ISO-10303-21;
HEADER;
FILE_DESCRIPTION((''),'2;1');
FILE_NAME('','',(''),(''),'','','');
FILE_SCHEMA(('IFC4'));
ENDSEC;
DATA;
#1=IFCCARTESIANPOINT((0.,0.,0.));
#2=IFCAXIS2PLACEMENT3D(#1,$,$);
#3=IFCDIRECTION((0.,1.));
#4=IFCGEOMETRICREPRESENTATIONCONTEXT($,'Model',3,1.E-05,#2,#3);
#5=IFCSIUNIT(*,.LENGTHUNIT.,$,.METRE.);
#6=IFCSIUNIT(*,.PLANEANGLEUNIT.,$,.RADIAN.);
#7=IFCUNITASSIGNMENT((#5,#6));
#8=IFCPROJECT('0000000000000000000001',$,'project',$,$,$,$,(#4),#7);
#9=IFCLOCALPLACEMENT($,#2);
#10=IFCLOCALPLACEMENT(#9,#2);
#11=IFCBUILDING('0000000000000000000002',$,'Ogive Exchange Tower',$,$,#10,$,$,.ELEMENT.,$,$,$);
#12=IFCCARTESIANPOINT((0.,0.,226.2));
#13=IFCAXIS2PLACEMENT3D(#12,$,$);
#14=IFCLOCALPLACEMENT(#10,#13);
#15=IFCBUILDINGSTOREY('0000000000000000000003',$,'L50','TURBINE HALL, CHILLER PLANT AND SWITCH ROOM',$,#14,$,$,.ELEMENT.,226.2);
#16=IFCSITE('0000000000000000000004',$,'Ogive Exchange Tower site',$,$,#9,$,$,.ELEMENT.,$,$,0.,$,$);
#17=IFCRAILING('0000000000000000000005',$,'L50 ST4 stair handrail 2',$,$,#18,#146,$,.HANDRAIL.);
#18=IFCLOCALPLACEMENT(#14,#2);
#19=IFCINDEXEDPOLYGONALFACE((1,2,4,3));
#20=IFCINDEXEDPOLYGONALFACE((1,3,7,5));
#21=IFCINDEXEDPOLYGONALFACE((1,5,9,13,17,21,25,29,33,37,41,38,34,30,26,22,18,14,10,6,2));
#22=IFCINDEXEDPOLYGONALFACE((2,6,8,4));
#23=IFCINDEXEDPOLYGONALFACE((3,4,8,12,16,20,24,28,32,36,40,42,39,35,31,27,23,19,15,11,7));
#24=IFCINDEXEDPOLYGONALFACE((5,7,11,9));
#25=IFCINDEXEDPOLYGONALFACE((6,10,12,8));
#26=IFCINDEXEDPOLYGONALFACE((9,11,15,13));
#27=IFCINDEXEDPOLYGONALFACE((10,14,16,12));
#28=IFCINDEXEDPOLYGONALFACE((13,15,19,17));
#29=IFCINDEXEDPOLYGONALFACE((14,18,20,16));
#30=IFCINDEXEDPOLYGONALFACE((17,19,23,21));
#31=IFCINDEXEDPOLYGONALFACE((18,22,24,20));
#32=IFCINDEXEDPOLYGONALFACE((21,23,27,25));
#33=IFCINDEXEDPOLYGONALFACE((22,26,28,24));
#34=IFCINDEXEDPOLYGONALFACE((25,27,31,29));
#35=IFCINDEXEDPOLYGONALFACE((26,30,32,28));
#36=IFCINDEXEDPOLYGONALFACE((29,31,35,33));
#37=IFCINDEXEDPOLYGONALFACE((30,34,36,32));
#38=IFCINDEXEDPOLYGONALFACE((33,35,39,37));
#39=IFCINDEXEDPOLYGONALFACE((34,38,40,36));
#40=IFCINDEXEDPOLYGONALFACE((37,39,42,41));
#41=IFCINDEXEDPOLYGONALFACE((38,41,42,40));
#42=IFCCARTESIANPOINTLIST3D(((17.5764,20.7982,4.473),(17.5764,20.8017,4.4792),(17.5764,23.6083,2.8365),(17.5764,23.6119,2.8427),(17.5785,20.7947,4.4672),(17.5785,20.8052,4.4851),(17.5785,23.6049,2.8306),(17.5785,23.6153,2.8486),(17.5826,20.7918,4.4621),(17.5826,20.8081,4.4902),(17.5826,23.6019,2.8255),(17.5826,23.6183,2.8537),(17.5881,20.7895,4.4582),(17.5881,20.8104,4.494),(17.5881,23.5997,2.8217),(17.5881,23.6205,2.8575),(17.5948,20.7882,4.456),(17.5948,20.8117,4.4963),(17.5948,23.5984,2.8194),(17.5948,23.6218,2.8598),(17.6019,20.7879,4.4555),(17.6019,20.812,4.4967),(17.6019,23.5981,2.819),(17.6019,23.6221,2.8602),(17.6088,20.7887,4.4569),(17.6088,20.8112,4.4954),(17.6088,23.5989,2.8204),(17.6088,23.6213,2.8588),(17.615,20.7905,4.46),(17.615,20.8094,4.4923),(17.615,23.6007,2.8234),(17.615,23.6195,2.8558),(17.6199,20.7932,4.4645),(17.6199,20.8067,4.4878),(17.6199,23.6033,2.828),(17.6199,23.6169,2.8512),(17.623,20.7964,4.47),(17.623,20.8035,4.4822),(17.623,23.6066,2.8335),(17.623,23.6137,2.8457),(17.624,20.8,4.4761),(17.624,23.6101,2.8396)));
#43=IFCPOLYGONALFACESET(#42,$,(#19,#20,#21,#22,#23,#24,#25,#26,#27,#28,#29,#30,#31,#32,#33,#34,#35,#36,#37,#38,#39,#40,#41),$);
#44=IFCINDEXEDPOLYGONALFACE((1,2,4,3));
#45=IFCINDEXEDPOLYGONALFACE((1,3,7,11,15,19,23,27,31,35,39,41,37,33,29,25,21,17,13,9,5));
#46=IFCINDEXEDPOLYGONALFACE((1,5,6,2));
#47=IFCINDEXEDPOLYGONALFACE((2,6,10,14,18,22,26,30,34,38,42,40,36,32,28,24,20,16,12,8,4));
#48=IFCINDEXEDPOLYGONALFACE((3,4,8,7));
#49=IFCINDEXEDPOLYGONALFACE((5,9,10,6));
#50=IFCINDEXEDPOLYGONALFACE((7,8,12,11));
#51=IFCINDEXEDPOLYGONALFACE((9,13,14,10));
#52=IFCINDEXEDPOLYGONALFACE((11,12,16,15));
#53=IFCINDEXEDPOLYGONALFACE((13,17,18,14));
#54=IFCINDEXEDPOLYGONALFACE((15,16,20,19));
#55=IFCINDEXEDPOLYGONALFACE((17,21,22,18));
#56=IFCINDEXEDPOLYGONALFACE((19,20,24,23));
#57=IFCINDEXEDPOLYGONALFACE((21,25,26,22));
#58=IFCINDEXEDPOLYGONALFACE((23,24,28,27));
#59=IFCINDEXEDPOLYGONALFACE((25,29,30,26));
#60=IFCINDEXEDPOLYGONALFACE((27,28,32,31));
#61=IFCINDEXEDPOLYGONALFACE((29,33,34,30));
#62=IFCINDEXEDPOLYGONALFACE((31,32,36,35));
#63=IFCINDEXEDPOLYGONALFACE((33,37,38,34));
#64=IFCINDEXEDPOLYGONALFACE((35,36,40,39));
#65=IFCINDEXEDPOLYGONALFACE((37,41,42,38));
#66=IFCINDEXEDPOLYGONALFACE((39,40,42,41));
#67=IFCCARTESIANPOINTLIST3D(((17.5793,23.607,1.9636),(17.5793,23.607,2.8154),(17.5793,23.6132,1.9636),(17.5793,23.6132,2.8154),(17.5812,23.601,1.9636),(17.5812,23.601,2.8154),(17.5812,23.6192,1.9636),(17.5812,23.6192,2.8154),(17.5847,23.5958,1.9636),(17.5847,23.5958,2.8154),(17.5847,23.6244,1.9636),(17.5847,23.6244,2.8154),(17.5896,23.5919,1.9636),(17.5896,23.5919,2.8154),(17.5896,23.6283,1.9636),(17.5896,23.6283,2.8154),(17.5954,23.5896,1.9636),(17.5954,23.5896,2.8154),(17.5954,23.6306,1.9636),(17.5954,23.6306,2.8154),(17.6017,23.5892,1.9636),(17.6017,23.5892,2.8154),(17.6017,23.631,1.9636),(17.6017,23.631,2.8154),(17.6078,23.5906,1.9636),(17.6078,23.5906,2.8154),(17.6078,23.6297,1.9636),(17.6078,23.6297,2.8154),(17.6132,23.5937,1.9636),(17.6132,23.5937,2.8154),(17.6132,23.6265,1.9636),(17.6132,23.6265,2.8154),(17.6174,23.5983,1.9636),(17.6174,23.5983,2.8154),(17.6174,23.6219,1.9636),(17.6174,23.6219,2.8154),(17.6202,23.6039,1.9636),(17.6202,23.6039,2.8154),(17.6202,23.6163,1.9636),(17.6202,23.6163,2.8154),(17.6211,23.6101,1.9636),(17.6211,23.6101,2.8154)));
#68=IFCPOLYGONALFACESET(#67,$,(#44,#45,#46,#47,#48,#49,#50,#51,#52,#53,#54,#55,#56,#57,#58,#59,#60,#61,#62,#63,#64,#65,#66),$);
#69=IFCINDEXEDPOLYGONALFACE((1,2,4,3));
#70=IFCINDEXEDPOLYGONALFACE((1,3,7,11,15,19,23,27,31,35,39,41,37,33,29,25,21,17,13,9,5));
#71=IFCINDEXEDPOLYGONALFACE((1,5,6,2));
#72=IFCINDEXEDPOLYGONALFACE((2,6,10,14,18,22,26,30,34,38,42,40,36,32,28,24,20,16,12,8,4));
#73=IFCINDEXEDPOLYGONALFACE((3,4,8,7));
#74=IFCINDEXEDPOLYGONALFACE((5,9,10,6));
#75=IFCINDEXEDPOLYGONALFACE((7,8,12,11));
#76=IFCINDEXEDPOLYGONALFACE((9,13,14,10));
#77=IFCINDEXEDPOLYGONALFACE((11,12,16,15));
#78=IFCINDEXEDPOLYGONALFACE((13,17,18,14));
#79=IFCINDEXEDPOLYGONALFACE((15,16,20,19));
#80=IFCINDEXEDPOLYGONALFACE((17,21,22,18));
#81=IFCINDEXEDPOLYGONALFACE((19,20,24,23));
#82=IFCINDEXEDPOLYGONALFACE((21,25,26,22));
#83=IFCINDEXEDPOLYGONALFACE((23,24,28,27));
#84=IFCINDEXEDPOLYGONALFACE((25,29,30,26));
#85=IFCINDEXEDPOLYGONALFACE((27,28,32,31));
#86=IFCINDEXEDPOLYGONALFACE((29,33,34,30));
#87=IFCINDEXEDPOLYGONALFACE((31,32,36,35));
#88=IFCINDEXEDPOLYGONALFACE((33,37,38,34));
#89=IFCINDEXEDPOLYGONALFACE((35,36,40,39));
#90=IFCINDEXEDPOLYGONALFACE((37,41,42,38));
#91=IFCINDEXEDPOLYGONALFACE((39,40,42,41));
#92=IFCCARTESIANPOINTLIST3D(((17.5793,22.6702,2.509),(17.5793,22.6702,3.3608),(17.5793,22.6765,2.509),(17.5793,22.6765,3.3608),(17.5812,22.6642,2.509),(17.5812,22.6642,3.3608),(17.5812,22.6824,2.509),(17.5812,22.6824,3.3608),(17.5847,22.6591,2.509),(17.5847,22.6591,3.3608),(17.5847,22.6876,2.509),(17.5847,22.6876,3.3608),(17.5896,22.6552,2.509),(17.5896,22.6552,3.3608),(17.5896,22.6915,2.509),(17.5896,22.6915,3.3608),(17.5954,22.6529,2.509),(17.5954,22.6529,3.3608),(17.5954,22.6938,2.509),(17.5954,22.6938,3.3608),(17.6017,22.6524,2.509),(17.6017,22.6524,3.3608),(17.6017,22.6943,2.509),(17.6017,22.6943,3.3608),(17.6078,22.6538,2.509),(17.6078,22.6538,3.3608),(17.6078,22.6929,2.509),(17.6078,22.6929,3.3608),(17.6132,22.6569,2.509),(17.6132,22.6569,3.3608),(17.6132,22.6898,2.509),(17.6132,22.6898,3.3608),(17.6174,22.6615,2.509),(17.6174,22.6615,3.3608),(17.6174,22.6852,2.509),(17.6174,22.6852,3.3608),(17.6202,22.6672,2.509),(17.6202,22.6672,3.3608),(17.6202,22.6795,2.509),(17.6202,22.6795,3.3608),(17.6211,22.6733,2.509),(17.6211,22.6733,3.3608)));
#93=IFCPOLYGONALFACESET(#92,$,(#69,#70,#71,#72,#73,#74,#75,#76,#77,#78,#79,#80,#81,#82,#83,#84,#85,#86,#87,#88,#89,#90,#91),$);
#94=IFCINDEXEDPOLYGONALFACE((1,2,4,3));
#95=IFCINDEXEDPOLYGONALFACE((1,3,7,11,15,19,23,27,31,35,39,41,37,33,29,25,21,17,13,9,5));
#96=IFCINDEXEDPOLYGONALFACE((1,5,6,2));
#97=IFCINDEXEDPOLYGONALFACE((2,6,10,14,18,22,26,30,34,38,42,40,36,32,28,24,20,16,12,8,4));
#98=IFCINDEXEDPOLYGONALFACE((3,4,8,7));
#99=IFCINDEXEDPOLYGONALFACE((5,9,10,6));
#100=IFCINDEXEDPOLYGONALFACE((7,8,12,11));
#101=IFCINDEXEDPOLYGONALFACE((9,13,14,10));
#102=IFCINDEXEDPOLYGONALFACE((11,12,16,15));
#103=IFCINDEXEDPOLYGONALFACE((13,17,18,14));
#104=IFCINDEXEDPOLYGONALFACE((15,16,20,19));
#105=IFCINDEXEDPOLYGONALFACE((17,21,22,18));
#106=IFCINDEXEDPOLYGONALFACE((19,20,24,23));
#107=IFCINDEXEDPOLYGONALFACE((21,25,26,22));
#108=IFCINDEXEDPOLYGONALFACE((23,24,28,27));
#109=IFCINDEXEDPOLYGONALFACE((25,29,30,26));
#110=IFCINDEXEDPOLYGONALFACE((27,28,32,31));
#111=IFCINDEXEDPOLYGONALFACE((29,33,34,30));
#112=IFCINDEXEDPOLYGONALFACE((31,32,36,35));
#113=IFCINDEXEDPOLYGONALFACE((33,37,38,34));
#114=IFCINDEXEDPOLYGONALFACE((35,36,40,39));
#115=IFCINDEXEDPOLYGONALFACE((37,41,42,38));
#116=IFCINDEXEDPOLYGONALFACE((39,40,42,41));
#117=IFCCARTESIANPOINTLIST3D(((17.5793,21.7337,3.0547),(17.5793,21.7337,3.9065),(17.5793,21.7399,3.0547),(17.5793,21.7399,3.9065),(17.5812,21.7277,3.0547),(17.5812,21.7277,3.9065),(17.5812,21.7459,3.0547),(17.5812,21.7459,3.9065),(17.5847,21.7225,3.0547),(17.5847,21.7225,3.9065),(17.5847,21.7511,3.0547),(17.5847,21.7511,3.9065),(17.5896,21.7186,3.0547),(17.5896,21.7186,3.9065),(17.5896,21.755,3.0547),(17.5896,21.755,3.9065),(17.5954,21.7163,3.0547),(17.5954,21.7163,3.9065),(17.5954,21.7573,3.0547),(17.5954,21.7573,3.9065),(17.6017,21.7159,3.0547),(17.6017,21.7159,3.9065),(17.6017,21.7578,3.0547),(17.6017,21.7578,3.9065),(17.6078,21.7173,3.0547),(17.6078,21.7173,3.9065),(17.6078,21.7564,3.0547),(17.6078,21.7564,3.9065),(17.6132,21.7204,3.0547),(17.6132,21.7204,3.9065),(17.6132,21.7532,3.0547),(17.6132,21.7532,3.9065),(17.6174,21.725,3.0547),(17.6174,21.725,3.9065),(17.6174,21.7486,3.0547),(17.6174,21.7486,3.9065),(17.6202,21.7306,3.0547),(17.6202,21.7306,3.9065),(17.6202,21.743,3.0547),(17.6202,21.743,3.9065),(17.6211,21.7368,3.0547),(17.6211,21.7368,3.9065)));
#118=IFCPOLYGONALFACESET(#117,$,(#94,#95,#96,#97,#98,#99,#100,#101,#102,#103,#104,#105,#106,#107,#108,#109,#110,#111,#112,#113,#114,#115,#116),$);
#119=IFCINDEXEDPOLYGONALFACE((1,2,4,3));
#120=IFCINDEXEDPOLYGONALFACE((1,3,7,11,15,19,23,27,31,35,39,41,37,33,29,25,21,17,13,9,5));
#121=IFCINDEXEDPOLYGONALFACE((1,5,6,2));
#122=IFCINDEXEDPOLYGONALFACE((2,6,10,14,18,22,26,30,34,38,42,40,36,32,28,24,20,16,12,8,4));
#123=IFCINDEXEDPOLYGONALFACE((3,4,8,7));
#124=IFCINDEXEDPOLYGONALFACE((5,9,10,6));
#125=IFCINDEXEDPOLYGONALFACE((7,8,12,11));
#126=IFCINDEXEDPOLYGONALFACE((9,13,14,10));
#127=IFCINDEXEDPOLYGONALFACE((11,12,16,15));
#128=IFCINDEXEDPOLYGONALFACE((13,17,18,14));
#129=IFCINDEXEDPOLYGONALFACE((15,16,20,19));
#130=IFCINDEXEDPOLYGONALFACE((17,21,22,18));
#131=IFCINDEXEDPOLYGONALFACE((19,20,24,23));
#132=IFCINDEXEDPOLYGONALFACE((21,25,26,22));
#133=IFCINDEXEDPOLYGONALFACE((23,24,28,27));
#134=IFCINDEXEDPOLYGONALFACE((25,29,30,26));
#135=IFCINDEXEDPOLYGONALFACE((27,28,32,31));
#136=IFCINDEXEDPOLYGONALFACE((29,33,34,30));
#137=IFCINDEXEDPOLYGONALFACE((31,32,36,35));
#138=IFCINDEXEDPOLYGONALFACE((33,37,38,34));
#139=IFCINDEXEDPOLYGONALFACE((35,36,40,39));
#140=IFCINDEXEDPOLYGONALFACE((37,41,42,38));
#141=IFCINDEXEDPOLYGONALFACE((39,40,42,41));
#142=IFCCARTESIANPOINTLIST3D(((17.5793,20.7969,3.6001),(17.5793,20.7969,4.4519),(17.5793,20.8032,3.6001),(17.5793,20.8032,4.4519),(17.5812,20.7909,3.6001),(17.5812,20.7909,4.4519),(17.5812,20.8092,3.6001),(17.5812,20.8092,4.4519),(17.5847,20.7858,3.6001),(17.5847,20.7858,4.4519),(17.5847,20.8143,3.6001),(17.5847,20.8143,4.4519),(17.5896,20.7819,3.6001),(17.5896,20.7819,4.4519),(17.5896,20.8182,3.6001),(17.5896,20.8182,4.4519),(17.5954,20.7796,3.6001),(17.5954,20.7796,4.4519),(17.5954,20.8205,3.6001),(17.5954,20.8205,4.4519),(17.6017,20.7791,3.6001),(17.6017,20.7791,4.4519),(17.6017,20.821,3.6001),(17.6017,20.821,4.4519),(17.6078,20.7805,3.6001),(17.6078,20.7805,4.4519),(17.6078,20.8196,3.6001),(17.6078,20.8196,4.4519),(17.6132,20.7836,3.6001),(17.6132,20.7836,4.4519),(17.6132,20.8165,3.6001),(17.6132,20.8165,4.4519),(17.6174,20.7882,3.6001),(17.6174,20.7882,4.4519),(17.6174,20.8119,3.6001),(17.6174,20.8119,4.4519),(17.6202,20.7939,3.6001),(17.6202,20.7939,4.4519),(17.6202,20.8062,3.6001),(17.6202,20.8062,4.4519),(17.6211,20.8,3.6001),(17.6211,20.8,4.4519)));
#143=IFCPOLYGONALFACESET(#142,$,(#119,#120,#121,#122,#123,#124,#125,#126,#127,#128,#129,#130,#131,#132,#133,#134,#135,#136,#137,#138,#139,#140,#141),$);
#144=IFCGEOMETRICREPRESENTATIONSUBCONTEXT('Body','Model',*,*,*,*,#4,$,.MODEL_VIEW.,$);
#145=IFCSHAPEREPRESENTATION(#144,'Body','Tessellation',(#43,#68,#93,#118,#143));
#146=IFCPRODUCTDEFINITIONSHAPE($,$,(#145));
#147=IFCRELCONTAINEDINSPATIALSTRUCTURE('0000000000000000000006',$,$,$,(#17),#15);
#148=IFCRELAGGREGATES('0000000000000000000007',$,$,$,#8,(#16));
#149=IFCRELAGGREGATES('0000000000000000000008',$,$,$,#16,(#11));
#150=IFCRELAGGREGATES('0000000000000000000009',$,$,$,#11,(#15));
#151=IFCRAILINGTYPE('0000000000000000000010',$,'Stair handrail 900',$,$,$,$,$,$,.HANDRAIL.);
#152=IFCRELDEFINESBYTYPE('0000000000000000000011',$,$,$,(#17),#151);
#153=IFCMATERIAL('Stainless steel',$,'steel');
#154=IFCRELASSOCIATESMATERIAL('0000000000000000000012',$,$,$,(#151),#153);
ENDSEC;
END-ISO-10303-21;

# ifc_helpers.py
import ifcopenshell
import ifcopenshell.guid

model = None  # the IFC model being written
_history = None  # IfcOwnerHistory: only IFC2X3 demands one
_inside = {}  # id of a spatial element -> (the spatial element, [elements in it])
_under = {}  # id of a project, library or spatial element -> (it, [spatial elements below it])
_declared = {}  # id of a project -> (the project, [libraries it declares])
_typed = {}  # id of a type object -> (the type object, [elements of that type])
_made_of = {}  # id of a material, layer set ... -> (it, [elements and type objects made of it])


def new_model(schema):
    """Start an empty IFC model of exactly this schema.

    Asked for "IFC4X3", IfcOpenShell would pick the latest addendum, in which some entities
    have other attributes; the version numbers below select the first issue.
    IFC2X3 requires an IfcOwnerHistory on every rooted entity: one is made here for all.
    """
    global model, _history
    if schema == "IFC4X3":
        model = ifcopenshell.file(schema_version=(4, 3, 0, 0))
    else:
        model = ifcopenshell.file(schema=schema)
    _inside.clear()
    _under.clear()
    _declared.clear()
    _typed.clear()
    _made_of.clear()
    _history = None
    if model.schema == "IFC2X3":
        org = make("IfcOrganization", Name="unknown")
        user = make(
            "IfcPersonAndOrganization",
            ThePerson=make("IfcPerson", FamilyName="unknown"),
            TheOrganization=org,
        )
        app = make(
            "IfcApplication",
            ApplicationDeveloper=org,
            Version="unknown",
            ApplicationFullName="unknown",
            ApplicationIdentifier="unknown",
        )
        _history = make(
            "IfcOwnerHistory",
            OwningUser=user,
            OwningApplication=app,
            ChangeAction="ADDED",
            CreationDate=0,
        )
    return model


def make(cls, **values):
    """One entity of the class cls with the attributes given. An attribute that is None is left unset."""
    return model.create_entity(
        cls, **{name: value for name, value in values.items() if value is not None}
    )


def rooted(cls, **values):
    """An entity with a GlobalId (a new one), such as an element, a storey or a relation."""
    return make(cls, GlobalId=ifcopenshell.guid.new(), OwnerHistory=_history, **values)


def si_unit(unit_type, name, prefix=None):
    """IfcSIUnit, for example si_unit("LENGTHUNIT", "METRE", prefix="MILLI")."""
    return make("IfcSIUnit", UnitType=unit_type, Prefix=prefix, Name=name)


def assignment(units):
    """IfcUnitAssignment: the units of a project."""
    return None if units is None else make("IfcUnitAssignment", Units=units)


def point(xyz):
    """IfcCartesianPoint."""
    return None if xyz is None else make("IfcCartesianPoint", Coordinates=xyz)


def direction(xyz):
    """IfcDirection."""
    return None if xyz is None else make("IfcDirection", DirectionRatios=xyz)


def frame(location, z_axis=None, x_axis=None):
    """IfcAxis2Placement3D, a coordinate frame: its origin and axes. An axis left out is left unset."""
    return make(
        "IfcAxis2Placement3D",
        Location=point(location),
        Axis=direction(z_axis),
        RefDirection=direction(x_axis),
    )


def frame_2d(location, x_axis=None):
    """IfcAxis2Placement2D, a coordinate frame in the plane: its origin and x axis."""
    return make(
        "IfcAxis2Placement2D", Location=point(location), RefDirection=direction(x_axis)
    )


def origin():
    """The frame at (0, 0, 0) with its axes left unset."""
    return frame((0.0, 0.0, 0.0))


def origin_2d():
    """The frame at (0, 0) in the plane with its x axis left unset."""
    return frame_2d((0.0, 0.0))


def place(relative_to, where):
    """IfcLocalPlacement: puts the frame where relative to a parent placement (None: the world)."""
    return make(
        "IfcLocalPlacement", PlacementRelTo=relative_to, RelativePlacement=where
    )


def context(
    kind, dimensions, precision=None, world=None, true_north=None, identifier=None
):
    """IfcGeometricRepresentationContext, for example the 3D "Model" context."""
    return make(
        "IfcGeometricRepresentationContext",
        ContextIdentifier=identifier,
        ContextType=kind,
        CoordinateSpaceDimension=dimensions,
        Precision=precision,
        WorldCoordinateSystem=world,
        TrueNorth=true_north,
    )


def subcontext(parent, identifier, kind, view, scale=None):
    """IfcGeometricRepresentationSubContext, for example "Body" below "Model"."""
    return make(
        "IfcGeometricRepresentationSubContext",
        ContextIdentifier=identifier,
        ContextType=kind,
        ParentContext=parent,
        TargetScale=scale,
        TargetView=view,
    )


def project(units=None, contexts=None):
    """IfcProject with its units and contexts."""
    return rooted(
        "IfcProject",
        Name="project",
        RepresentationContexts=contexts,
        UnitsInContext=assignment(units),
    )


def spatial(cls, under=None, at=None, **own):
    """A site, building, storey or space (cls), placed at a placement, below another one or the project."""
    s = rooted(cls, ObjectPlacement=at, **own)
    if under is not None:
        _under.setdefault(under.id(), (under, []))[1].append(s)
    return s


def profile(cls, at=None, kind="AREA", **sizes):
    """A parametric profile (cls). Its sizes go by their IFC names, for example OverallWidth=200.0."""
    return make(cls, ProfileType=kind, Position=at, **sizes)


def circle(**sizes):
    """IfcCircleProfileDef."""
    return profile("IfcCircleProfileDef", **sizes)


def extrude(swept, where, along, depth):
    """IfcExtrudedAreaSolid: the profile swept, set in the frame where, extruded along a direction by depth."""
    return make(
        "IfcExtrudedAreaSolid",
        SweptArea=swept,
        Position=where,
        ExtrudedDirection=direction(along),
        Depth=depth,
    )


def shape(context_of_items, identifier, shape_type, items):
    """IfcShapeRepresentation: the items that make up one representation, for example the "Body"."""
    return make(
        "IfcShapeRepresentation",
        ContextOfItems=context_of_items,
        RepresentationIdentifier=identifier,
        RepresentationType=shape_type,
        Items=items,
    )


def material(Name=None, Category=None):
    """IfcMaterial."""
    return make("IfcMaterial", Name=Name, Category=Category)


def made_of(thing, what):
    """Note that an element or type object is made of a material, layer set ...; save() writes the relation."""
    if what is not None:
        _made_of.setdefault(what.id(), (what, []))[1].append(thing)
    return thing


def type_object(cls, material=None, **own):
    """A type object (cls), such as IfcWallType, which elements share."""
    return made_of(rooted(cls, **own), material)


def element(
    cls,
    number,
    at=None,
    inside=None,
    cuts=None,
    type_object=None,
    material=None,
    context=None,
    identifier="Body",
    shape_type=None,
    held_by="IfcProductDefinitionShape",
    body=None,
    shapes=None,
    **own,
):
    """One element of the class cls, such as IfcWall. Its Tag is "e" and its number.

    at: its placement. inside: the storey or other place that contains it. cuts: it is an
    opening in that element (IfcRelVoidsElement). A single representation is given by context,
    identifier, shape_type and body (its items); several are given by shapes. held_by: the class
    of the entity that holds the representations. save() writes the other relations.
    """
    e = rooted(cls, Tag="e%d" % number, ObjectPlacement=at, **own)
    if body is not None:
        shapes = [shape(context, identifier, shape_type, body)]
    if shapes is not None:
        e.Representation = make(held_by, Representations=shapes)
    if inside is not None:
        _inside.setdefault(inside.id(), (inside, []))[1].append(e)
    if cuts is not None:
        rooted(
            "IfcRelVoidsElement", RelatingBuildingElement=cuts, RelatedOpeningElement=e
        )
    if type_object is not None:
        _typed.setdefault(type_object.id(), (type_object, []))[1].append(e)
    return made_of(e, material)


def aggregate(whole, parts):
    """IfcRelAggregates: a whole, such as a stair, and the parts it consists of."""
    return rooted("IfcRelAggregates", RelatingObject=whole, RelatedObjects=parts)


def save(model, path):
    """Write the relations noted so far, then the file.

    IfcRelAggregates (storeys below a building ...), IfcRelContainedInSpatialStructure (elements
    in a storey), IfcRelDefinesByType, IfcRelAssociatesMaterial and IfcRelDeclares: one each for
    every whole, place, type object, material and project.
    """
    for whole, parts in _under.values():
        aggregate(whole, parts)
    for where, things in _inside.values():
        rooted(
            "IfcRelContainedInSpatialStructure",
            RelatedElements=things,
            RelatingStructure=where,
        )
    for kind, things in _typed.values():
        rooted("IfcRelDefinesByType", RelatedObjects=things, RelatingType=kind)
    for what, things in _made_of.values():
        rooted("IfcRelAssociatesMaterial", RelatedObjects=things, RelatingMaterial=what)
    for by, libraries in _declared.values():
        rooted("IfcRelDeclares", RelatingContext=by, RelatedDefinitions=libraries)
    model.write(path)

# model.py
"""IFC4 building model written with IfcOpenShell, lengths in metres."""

from ifc_helpers import new_model, si_unit, direction, frame, origin, origin_2d, place, context, subcontext, project, spatial, circle, extrude, material, type_object, element, save


model = new_model("IFC4")

# Units and contexts
model_context = context("Model", 3, precision=1e-05, world=origin(), true_north=direction((0.0, 1.0)))
body_context = subcontext(model_context, "Body", "Model", "MODEL_VIEW")
ifc_project = project(units=[si_unit("LENGTHUNIT", "METRE"), si_unit("PLANEANGLEUNIT", "RADIAN")], contexts=[model_context])

# Site, building, storey
site_placement = place(None, origin())
site = spatial("IfcSite", under=ifc_project, at=site_placement, Name="Ogive Exchange Tower site", CompositionType="ELEMENT", RefElevation=0.0)
building_placement = place(site_placement, origin())
building = spatial("IfcBuilding", under=site, at=building_placement, Name="Ogive Exchange Tower", CompositionType="ELEMENT")
storey_placement = place(building_placement, frame((0.0, 0.0, 226.2)))
storey = spatial("IfcBuildingStorey", under=building, at=storey_placement, Name="L50", Description="TURBINE HALL, CHILLER PLANT AND SWITCH ROOM", CompositionType="ELEMENT", Elevation=226.2)

# Railing
ifc_material_1 = material(Name="Stainless steel", Category="steel")
railing_type = type_object("IfcRailingType", Name="Stair handrail 900", PredefinedType="HANDRAIL", material=ifc_material_1)
railing_1_placement = place(storey_placement, frame((17.6001, 23.6101, 1.9636)))
element("IfcRailing", 1, at=railing_1_placement, inside=storey, type_object=railing_type, Name="L50 ST4 stair handrail 2", PredefinedType="HANDRAIL", context=body_context, shape_type="SweptSolid", body=[
    extrude(circle(Radius=0.0239, at=origin_2d()), frame((0.0, 0.0, 0.876), z_axis=(0.0, -0.864144, 0.503245), x_axis=(1.0, 0.0, 0.0)), (0.0, 0.0, 1.0), 3.252),
    extrude(circle(Radius=0.021, at=origin_2d()), origin(), (0.0, 0.0, 1.0), 0.8518),
    extrude(circle(Radius=0.021, at=origin_2d()), frame((0.0, -0.9368, 0.5454)), (0.0, 0.0, 1.0), 0.8518),
    extrude(circle(Radius=0.021, at=origin_2d()), frame((0.0, -1.8733, 1.0911)), (0.0, 0.0, 1.0), 0.8518),
    extrude(circle(Radius=0.021, at=origin_2d()), frame((0.0, -2.8101, 1.6365)), (0.0, 0.0, 1.0), 0.8518),
])

save(model, "model.ifc")
